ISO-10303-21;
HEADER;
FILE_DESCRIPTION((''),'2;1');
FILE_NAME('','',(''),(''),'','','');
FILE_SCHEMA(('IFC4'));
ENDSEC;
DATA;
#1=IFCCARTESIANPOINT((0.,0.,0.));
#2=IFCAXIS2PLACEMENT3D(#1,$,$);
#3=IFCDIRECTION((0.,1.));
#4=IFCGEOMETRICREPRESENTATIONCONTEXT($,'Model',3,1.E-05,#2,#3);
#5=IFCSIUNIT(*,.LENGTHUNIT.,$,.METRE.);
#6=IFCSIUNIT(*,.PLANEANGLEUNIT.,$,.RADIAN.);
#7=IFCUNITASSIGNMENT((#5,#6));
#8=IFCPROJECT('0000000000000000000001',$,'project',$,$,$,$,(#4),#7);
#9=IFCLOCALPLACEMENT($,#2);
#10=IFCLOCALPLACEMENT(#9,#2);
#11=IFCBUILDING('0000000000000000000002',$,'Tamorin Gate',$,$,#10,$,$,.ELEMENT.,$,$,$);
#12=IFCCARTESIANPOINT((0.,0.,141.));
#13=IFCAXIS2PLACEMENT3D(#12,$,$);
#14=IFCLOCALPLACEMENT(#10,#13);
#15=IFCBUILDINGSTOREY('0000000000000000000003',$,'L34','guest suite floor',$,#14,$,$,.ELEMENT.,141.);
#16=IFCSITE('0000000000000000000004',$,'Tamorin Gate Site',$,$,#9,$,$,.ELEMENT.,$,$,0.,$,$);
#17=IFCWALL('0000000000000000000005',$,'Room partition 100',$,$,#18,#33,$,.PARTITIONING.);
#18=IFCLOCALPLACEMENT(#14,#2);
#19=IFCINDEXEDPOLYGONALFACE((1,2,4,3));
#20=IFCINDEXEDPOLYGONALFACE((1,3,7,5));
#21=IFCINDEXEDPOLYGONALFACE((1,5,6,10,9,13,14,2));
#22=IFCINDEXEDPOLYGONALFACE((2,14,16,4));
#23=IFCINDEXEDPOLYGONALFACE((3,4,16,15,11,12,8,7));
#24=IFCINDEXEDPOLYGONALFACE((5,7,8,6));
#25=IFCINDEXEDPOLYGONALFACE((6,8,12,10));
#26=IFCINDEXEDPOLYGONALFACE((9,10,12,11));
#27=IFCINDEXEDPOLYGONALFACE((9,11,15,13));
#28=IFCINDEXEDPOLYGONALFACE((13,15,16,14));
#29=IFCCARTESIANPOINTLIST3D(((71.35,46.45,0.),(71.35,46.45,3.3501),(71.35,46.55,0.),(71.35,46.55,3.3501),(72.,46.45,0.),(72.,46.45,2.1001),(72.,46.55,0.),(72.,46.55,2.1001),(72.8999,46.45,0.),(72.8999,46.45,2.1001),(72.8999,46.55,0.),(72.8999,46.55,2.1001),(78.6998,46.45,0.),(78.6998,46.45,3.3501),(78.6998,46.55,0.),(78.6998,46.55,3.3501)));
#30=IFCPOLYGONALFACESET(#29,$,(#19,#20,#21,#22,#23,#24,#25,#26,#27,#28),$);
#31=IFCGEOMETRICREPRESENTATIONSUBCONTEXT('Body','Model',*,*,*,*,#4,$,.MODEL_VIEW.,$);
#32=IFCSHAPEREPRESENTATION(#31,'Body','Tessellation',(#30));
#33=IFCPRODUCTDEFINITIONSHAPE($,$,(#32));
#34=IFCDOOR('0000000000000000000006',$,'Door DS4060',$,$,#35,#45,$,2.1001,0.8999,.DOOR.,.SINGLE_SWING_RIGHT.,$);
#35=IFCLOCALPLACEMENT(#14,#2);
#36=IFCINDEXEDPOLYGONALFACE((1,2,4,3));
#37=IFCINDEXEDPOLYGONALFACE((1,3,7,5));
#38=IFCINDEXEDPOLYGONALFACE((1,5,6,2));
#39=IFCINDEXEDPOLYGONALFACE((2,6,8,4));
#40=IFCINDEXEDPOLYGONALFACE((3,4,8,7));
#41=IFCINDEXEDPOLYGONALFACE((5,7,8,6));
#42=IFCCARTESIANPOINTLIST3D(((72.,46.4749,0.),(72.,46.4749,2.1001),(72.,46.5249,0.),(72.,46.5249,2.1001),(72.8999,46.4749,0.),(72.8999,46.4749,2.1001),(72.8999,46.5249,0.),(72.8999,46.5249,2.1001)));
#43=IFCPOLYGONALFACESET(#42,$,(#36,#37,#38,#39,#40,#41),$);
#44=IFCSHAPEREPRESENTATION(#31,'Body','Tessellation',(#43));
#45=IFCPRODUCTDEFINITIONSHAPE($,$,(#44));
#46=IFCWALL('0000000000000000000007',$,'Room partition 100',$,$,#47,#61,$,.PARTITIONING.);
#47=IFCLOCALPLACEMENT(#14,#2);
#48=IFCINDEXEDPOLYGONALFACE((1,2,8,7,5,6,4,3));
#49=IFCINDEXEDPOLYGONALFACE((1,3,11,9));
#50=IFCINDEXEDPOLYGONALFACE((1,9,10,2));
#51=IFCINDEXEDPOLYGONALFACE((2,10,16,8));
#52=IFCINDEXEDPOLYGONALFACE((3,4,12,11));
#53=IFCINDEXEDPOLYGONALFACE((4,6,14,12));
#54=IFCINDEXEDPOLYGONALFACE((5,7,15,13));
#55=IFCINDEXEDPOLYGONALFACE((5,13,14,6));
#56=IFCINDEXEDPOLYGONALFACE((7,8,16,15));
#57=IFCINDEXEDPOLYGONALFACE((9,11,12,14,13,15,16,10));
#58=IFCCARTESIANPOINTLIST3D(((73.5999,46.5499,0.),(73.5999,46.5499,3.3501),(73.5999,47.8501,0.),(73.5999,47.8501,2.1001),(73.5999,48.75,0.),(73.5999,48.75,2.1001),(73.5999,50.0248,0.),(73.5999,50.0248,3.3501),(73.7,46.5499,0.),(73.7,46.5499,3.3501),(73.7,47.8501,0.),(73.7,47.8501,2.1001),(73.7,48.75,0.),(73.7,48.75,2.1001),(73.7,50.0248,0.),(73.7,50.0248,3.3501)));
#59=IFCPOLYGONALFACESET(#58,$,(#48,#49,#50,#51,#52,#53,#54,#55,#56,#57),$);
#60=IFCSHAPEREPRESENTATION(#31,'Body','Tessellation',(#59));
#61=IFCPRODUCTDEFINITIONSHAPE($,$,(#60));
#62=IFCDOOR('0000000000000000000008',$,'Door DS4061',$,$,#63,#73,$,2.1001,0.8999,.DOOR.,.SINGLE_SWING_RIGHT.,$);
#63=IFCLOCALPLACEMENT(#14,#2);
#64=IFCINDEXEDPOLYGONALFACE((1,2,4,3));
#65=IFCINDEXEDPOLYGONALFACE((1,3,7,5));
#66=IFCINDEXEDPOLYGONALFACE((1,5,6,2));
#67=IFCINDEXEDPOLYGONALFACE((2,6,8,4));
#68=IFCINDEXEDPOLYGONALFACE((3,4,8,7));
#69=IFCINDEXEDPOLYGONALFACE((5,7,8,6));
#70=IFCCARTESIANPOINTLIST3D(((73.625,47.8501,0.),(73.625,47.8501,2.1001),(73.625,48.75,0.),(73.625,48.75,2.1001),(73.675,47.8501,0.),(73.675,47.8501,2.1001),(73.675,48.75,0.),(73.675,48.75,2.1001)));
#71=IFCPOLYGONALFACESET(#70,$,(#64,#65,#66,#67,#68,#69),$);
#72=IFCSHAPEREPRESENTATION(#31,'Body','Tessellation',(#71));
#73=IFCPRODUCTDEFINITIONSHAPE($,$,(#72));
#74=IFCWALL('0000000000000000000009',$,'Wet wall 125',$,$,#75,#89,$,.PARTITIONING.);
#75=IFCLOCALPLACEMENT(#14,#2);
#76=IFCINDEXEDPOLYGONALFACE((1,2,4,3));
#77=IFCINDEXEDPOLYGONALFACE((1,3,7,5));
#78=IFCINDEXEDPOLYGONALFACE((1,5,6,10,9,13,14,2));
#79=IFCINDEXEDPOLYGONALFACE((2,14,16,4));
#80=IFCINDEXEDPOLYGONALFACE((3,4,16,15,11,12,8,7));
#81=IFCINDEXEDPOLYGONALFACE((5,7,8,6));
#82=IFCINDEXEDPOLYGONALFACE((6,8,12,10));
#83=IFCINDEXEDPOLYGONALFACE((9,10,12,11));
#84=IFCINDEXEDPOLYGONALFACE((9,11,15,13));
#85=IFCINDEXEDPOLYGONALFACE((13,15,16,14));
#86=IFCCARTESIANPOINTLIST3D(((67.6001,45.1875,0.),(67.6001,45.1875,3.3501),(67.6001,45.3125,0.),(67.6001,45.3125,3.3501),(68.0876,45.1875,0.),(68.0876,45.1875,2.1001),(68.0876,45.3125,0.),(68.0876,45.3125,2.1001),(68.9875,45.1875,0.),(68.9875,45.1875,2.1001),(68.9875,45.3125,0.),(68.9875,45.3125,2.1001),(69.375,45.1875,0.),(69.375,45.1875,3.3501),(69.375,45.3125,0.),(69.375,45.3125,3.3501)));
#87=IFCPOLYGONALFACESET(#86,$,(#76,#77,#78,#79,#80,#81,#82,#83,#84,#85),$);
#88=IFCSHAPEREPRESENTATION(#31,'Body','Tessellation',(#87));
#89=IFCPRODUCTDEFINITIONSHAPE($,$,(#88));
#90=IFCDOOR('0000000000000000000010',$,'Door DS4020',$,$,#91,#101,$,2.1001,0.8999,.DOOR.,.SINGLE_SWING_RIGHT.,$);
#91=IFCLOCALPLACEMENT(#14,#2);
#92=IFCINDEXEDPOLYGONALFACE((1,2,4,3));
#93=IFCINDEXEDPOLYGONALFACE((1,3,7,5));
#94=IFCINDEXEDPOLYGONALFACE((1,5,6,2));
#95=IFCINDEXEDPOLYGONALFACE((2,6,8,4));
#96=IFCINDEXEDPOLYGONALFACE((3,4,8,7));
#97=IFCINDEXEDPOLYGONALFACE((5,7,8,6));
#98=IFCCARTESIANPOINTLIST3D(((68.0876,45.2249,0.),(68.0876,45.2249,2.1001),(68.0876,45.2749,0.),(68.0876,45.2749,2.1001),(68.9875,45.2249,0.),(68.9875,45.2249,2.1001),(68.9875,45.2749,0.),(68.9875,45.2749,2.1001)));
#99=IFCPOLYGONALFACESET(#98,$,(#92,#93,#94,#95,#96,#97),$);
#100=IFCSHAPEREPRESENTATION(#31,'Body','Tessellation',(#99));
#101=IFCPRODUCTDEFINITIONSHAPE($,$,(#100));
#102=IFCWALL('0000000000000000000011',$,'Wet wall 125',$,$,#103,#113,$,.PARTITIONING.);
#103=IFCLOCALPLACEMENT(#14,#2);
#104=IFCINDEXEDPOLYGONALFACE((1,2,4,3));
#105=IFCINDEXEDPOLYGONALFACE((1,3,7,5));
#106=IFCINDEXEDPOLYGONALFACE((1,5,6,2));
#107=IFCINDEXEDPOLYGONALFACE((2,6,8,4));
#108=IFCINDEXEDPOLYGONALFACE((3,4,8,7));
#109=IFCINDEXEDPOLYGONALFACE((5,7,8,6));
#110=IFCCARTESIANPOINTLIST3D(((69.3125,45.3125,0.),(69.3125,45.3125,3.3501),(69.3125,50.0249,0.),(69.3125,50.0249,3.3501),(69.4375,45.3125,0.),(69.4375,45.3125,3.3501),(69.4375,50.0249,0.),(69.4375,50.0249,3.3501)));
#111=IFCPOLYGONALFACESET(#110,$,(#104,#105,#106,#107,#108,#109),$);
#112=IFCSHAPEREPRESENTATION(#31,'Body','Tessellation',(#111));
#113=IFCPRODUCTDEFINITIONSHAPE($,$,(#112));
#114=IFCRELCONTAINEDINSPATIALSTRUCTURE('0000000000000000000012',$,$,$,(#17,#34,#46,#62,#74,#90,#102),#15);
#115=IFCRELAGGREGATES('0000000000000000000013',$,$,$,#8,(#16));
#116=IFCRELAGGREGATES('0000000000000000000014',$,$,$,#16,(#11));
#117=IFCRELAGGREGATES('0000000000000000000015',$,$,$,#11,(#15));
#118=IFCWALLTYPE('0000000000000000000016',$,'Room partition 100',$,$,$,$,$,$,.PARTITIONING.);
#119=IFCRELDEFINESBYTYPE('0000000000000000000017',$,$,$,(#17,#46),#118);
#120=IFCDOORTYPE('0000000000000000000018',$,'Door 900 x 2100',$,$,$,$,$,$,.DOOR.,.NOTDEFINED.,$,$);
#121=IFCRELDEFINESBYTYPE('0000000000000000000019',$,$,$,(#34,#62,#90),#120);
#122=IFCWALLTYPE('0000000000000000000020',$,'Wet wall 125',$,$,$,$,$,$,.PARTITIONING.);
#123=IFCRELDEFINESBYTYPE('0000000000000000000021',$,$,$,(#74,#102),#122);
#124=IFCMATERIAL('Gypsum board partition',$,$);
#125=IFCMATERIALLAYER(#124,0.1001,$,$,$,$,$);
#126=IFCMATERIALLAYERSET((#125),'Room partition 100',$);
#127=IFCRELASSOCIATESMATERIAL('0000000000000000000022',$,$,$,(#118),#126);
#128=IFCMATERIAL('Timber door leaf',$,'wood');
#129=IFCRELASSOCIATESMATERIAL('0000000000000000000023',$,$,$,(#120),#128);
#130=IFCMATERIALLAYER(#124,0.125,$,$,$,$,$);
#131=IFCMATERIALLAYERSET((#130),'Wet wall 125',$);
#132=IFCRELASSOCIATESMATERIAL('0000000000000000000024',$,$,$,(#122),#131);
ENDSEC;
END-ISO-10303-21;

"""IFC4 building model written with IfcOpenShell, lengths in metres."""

from ifc_helpers import new_model, si_unit, direction, frame, frame_2d, origin, place, context, subcontext, project, spatial, rectangle, extrude, material, layer, layer_set, type_object, element, fill, save


model = new_model("IFC4")

# Units and contexts
model_context = context("Model", 3, precision=1e-05, world=origin(), true_north=direction((0.0, 1.0)))
body_context = subcontext(model_context, "Body", "Model", "MODEL_VIEW")
ifc_project = project(units=[si_unit("LENGTHUNIT", "METRE"), si_unit("PLANEANGLEUNIT", "RADIAN")], contexts=[model_context])

# Site, building, storey
site_placement = place(None, origin())
site = spatial("IfcSite", under=ifc_project, at=site_placement, Name="Tamorin Gate Site", CompositionType="ELEMENT", RefElevation=0.0)
building_placement = place(site_placement, origin())
building = spatial("IfcBuilding", under=site, at=building_placement, Name="Tamorin Gate", CompositionType="ELEMENT")
storey_placement = place(building_placement, frame((0.0, 0.0, 141.0)))
storey = spatial("IfcBuildingStorey", under=building, at=storey_placement, Name="L34", Description="guest suite floor", CompositionType="ELEMENT", Elevation=141.0)

# Shared definitions
ifc_material_1 = material(Name="Gypsum board partition")

# Walls, openings, doors
ifc_layer_1 = layer(ifc_material_1, 0.1001)
ifc_layer_set_1 = layer_set([ifc_layer_1], Name="Room partition 100")
wall_type_1 = type_object("IfcWallType", Name="Room partition 100", PredefinedType="PARTITIONING", material=ifc_layer_set_1)
ifc_material_2 = material(Name="Timber door leaf", Category="wood")
door_type = type_object("IfcDoorType", Name="Door 900 x 2100", OperationType="NOTDEFINED", PredefinedType="DOOR", material=ifc_material_2)
wall_1_placement = place(storey_placement, frame((71.3501, 46.5, 0.0), z_axis=(0.0, 0.0, 1.0), x_axis=(1.0, 0.0, 0.0)))
wall_1 = element("IfcWall", 1, at=wall_1_placement, inside=storey, type_object=wall_type_1, Name="Room partition 100", PredefinedType="PARTITIONING", context=body_context, shape_type="SweptSolid", body=[
    extrude(rectangle(XDim=7.3499, YDim=0.1001, at=frame_2d((3.6748, 0.0))), origin(), (0.0, 0.0, 1.0), 3.3501),
])
opening_1_placement = place(wall_1_placement, frame((0.6499, 0.0, 0.0)))
opening_1 = element("IfcOpeningElement", 2, at=opening_1_placement, cuts=wall_1, PredefinedType="OPENING", context=body_context, shape_type="SweptSolid", body=[
    extrude(rectangle(XDim=0.8999, YDim=2.1001, at=frame_2d((0.45, 1.05))), frame((0.0, 0.0601, 0.0), z_axis=(0.0, -1.0, 0.0), x_axis=(1.0, 0.0, 0.0)), (0.0, 0.0, 1.0), 0.1201),
])
door_1_placement = place(opening_1_placement, origin())
door_1 = element("IfcDoor", 3, at=door_1_placement, inside=storey, type_object=door_type, Name="Door DS4060", OperationType="SINGLE_SWING_RIGHT", OverallHeight=2.1001, OverallWidth=0.8999, PredefinedType="DOOR", context=body_context, shape_type="SweptSolid", body=[
    extrude(rectangle(XDim=0.8999, YDim=2.1001, at=frame_2d((0.45, 1.05))), frame((0.0, 0.0249, 0.0), z_axis=(0.0, -1.0, 0.0), x_axis=(1.0, 0.0, 0.0)), (0.0, 0.0, 1.0), 0.05),
])
fill(opening_1, door_1)
wall_2_placement = place(storey_placement, frame((73.6499, 46.55, 0.0), z_axis=(0.0, 0.0, 1.0), x_axis=(0.0, 1.0, 0.0)))
wall_2 = element("IfcWall", 4, at=wall_2_placement, inside=storey, type_object=wall_type_1, Name="Room partition 100", PredefinedType="PARTITIONING", context=body_context, shape_type="SweptSolid", body=[
    extrude(rectangle(XDim=3.4749, YDim=0.1001, at=frame_2d((1.7373, 0.0))), origin(), (0.0, 0.0, 1.0), 3.3501),
])
opening_2_placement = place(wall_2_placement, frame((1.3, 0.0, 0.0)))
opening_2 = element("IfcOpeningElement", 5, at=opening_2_placement, cuts=wall_2, PredefinedType="OPENING", context=body_context, shape_type="SweptSolid", body=[
    extrude(rectangle(XDim=0.8999, YDim=2.1001, at=frame_2d((0.45, 1.05))), frame((0.0, 0.0601, 0.0), z_axis=(0.0, -1.0, 0.0), x_axis=(1.0, 0.0, 0.0)), (0.0, 0.0, 1.0), 0.1201),
])
door_2_placement = place(opening_2_placement, origin())
door_2 = element("IfcDoor", 6, at=door_2_placement, inside=storey, type_object=door_type, Name="Door DS4061", OperationType="SINGLE_SWING_RIGHT", OverallHeight=2.1001, OverallWidth=0.8999, PredefinedType="DOOR", context=body_context, shape_type="SweptSolid", body=[
    extrude(rectangle(XDim=0.8999, YDim=2.1001, at=frame_2d((0.45, 1.05))), frame((0.0, 0.0249, 0.0), z_axis=(0.0, -1.0, 0.0), x_axis=(1.0, 0.0, 0.0)), (0.0, 0.0, 1.0), 0.05),
])
fill(opening_2, door_2)
ifc_layer_2 = layer(ifc_material_1, 0.125)
ifc_layer_set_2 = layer_set([ifc_layer_2], Name="Wet wall 125")
wall_type_2 = type_object("IfcWallType", Name="Wet wall 125", PredefinedType="PARTITIONING", material=ifc_layer_set_2)
wall_3_placement = place(storey_placement, frame((67.6001, 45.25, 0.0), z_axis=(0.0, 0.0, 1.0), x_axis=(1.0, 0.0, 0.0)))
wall_3 = element("IfcWall", 7, at=wall_3_placement, inside=storey, type_object=wall_type_2, Name="Wet wall 125", PredefinedType="PARTITIONING", context=body_context, shape_type="SweptSolid", body=[
    extrude(rectangle(XDim=1.7749, YDim=0.125, at=frame_2d((0.8875, 0.0))), origin(), (0.0, 0.0, 1.0), 3.3501),
])
opening_3_placement = place(wall_3_placement, frame((0.4875, 0.0, 0.0)))
opening_3 = element("IfcOpeningElement", 8, at=opening_3_placement, cuts=wall_3, PredefinedType="OPENING", context=body_context, shape_type="SweptSolid", body=[
    extrude(rectangle(XDim=0.8999, YDim=2.1001, at=frame_2d((0.45, 1.05))), frame((0.0, 0.0725, 0.0), z_axis=(0.0, -1.0, 0.0), x_axis=(1.0, 0.0, 0.0)), (0.0, 0.0, 1.0), 0.145),
])
door_3_placement = place(opening_3_placement, origin())
door_3 = element("IfcDoor", 9, at=door_3_placement, inside=storey, type_object=door_type, Name="Door DS4020", OperationType="SINGLE_SWING_RIGHT", OverallHeight=2.1001, OverallWidth=0.8999, PredefinedType="DOOR", context=body_context, shape_type="SweptSolid", body=[
    extrude(rectangle(XDim=0.8999, YDim=2.1001, at=frame_2d((0.45, 1.05))), frame((0.0, 0.0249, 0.0), z_axis=(0.0, -1.0, 0.0), x_axis=(1.0, 0.0, 0.0)), (0.0, 0.0, 1.0), 0.05),
])
fill(opening_3, door_3)

# Wall
wall_4_placement = place(storey_placement, frame((69.375, 45.3125, 0.0), z_axis=(0.0, 0.0, 1.0), x_axis=(0.0, 1.0, 0.0)))
element("IfcWall", 10, at=wall_4_placement, inside=storey, type_object=wall_type_2, Name="Wet wall 125", PredefinedType="PARTITIONING", context=body_context, shape_type="SweptSolid", body=[
    extrude(rectangle(XDim=4.7124, YDim=0.125, at=frame_2d((2.3562, 0.0))), origin(), (0.0, 0.0, 1.0), 3.3501),
])

save(model, "model.ifc")
